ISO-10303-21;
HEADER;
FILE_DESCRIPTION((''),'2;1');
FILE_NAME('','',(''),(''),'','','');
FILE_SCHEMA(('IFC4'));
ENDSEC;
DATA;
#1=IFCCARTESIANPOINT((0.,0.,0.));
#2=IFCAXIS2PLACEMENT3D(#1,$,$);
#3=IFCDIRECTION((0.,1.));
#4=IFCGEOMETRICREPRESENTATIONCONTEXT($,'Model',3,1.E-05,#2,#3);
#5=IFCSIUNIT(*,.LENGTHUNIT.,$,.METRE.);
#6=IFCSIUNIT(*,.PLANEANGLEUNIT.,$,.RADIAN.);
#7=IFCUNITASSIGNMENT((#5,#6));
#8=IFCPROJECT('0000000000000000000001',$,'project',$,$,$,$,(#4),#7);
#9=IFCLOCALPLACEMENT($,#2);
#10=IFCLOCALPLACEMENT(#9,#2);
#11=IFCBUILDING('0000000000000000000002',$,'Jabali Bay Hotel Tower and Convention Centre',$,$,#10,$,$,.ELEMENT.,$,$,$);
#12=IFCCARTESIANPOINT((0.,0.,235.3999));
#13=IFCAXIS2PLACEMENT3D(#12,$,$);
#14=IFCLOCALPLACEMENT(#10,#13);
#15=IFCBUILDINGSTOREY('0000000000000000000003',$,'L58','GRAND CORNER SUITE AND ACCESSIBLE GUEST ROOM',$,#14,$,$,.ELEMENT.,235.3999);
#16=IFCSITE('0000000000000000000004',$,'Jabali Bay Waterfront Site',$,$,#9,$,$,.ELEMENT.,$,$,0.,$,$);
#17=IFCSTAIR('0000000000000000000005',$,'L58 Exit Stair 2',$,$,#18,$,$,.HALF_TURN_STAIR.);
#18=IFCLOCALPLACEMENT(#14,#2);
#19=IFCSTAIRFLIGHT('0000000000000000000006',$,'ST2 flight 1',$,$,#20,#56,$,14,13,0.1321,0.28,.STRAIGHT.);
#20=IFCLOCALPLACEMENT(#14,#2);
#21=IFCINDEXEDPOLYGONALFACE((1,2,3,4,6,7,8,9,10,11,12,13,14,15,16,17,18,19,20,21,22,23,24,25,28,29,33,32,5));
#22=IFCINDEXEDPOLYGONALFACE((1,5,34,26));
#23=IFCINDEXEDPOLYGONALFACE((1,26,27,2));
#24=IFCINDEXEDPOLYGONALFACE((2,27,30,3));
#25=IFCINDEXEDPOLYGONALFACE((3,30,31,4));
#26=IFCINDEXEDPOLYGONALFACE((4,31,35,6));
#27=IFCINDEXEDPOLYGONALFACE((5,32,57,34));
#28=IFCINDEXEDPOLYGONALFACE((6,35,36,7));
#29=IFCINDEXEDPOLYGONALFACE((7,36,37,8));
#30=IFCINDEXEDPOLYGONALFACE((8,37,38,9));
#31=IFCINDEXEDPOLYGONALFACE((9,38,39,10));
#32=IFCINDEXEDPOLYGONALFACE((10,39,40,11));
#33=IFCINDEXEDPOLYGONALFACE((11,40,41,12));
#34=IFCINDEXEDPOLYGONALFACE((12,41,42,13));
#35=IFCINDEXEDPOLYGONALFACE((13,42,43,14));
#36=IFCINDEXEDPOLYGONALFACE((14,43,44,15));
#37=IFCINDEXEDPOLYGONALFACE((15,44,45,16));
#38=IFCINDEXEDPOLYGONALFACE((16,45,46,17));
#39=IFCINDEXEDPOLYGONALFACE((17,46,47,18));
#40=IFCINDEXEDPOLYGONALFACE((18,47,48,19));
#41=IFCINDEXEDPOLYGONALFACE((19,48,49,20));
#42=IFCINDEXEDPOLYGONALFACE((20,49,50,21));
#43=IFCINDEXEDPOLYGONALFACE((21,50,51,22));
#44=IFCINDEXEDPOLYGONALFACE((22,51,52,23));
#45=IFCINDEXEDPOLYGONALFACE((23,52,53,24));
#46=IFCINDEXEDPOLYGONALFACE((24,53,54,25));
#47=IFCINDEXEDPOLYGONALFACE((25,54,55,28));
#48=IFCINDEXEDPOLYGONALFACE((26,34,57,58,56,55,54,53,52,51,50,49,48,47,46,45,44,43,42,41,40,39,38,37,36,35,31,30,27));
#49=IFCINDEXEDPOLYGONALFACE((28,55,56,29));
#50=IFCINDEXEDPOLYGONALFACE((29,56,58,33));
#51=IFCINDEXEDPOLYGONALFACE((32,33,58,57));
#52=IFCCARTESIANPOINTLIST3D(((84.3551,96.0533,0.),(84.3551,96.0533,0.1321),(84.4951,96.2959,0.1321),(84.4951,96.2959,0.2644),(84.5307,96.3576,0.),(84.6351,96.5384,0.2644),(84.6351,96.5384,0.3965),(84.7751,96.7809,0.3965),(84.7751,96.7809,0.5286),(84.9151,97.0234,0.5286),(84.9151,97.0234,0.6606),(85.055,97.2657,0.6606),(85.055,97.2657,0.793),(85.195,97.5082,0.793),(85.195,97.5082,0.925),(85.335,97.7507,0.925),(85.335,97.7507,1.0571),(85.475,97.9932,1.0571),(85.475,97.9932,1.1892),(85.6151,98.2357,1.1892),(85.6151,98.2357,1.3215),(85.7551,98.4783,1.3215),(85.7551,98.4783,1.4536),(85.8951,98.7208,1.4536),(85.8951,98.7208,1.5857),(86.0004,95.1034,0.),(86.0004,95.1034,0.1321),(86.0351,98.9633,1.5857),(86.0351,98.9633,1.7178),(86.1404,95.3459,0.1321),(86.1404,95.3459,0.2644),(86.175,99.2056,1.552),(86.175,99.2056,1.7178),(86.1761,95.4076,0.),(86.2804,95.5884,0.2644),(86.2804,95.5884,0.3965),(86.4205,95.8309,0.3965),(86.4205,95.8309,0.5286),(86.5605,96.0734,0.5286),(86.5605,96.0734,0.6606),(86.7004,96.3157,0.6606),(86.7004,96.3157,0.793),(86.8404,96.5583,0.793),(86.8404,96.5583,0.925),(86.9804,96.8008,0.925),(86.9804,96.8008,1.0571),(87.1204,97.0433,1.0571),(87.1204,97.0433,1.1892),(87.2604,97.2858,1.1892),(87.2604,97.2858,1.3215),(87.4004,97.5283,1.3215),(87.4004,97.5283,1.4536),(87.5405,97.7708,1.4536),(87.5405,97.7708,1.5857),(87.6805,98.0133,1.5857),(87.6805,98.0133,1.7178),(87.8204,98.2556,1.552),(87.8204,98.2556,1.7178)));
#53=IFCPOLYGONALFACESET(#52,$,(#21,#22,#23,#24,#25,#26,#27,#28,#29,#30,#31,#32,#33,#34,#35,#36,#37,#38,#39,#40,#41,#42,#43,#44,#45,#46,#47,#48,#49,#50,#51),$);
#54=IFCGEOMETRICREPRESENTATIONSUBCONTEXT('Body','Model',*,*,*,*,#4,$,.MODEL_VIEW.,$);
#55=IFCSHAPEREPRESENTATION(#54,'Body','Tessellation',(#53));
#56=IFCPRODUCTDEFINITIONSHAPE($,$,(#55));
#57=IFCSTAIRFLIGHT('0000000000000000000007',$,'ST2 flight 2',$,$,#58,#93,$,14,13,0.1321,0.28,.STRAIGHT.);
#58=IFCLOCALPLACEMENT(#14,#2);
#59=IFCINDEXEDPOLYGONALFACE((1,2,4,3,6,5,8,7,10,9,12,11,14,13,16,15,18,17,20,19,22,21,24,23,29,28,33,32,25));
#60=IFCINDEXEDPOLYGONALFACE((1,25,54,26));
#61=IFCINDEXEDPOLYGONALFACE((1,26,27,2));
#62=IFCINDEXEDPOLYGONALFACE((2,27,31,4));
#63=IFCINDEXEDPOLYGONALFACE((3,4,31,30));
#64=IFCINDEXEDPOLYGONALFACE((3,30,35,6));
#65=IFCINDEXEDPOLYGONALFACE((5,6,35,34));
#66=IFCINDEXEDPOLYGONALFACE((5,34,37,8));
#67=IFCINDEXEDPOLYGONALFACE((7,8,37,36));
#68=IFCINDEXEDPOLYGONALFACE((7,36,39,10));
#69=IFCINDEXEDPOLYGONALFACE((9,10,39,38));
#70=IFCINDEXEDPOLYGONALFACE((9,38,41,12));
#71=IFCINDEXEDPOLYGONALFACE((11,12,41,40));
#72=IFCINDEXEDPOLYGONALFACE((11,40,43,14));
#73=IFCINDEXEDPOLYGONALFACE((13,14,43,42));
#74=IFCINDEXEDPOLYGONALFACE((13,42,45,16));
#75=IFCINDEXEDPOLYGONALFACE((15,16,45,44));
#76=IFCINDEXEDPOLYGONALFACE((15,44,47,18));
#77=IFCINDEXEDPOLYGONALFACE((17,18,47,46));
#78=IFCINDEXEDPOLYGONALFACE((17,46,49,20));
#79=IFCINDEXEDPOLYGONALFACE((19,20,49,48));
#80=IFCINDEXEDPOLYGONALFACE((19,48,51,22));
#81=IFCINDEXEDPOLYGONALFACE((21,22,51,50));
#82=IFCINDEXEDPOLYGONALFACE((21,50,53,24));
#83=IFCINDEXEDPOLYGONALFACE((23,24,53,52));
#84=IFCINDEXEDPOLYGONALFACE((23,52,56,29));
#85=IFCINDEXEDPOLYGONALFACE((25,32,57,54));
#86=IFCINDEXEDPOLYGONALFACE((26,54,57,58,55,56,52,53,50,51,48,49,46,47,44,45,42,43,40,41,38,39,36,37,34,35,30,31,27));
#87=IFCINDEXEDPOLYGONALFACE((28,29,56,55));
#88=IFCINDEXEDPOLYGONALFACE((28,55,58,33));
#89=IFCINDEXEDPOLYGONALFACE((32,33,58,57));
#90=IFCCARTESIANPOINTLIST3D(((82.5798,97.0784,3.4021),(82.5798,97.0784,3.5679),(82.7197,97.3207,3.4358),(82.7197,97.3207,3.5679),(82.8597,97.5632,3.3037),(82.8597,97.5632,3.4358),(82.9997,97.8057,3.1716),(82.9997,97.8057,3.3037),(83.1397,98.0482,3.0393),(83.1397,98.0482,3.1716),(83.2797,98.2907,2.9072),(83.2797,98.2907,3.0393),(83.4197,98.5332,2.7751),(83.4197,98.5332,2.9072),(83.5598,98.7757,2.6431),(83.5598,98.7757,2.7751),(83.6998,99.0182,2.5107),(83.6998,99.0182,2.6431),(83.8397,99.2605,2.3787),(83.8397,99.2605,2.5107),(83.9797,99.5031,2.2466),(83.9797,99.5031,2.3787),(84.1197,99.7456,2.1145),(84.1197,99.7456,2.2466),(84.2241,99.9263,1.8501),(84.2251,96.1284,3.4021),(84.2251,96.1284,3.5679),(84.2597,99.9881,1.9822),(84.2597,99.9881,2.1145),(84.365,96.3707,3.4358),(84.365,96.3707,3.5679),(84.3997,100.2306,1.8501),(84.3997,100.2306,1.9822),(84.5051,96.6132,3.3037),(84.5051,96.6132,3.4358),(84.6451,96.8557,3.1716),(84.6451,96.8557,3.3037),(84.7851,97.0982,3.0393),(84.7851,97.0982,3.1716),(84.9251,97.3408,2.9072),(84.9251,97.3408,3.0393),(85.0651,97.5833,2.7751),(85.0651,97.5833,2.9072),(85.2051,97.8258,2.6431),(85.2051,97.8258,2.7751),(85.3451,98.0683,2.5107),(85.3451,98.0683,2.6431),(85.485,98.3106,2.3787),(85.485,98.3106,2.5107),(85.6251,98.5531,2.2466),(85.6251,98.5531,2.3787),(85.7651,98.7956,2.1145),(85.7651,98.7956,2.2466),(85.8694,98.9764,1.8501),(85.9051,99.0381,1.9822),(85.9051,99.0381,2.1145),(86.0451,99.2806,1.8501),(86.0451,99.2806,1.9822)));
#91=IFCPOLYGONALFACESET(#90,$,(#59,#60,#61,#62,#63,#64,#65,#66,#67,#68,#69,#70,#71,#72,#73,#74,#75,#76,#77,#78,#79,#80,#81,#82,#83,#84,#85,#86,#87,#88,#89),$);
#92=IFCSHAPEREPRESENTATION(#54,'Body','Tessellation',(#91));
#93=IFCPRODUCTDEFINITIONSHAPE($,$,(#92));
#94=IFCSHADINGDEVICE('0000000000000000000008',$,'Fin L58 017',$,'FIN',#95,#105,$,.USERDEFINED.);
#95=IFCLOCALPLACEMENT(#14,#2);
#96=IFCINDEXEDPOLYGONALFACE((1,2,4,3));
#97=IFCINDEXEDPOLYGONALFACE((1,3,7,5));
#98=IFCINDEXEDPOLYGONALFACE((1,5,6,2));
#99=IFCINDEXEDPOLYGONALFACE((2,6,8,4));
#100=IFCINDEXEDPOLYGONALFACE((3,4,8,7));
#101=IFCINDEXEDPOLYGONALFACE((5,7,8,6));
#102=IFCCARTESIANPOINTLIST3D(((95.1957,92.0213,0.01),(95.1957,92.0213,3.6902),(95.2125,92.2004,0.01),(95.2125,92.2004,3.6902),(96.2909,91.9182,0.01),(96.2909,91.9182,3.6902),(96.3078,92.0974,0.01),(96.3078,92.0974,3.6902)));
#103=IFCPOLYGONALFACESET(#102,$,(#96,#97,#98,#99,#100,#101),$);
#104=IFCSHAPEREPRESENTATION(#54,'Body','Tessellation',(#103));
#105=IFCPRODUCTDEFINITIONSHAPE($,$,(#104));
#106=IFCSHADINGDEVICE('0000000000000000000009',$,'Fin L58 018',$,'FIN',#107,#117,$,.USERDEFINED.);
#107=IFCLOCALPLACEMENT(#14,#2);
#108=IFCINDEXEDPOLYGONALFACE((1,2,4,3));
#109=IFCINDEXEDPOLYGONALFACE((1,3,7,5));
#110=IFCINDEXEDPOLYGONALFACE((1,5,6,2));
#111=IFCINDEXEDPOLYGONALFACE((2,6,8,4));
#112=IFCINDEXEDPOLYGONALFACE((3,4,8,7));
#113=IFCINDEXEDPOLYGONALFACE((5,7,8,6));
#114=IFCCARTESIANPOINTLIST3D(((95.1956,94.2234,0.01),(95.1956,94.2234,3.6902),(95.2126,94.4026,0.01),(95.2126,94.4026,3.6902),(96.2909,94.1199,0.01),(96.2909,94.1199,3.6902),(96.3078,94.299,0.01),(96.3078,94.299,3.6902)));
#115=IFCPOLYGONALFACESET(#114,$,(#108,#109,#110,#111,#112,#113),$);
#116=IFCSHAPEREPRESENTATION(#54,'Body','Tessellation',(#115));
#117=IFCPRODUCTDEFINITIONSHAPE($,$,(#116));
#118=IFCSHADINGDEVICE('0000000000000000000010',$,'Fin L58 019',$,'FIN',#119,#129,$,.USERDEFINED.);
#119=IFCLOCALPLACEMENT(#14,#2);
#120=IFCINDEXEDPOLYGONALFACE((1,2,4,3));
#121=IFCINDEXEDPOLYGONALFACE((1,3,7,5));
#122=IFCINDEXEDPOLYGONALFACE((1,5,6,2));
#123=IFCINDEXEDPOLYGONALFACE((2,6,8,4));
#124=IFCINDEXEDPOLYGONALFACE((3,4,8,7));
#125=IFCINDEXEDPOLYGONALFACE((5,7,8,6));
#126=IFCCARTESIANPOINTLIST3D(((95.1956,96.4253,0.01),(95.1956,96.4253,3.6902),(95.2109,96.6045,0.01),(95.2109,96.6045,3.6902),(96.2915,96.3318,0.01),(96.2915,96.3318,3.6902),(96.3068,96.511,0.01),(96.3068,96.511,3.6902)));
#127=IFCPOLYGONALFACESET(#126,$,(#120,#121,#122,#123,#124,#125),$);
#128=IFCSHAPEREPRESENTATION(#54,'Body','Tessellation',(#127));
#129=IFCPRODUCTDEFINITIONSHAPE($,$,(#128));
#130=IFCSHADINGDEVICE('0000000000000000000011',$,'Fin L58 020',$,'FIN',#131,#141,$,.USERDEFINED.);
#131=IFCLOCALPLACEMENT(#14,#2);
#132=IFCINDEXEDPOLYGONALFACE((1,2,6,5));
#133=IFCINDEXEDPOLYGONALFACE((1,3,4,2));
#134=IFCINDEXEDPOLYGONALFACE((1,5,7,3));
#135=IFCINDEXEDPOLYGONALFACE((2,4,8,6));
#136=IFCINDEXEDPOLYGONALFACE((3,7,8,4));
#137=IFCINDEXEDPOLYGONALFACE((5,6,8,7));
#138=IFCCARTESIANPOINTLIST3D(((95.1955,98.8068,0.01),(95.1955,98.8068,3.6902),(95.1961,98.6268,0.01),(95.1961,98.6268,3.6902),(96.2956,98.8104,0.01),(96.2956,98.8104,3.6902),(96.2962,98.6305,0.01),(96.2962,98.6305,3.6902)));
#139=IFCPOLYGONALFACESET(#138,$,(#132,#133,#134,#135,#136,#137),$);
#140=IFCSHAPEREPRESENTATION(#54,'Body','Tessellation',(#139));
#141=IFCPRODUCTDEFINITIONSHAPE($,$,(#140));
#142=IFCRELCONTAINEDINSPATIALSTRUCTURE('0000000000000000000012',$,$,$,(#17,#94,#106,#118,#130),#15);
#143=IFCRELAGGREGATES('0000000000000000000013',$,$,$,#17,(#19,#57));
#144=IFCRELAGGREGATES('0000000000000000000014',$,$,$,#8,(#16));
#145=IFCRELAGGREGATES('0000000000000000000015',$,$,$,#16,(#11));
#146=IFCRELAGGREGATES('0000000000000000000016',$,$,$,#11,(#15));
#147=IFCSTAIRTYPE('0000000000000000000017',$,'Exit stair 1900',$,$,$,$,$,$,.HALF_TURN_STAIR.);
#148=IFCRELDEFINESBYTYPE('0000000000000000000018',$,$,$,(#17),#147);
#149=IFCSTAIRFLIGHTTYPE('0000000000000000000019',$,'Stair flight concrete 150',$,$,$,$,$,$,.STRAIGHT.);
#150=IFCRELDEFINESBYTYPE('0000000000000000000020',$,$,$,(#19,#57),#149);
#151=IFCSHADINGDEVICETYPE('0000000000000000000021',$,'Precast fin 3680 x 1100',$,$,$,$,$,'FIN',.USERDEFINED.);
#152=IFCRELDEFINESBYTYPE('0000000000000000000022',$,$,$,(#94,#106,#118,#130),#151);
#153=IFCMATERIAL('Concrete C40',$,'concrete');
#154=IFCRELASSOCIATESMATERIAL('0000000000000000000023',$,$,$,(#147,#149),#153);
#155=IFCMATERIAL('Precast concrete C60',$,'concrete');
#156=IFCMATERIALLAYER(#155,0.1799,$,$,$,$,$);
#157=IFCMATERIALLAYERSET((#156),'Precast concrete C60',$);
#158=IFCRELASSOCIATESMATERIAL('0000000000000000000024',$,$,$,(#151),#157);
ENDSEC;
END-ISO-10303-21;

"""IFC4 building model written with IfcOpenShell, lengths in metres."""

from ifc_helpers import new_model, si_unit, direction, frame, frame_2d, origin, place, context, subcontext, project, spatial, polyline, rectangle, outline, extrude, material, layer, layer_set, type_object, element, aggregate, save


model = new_model("IFC4")

# Units and contexts
model_context = context("Model", 3, precision=1e-05, world=origin(), true_north=direction((0.0, 1.0)))
body_context = subcontext(model_context, "Body", "Model", "MODEL_VIEW")
ifc_project = project(units=[si_unit("LENGTHUNIT", "METRE"), si_unit("PLANEANGLEUNIT", "RADIAN")], contexts=[model_context])

# Site, building, storey
site_placement = place(None, origin())
site = spatial("IfcSite", under=ifc_project, at=site_placement, Name="Jabali Bay Waterfront Site", CompositionType="ELEMENT", RefElevation=0.0)
building_placement = place(site_placement, origin())
building = spatial("IfcBuilding", under=site, at=building_placement, Name="Jabali Bay Hotel Tower and Convention Centre", CompositionType="ELEMENT")
storey_placement = place(building_placement, frame((0.0, 0.0, 235.3999)))
storey = spatial("IfcBuildingStorey", under=building, at=storey_placement, Name="L58", Description="GRAND CORNER SUITE AND ACCESSIBLE GUEST ROOM", CompositionType="ELEMENT", Elevation=235.3999)

# Shared definitions
ifc_material_1 = material(Name="Concrete C40", Category="concrete")

# Stair, stair flights
stair_type = type_object("IfcStairType", Name="Exit stair 1900", PredefinedType="HALF_TURN_STAIR", material=ifc_material_1)
stair_placement = place(storey_placement, origin())
stair = element("IfcStair", 1, at=stair_placement, inside=storey, type_object=stair_type, Name="L58 Exit Stair 2", PredefinedType="HALF_TURN_STAIR")
stair_flight_type = type_object("IfcStairFlightType", Name="Stair flight concrete 150", PredefinedType="STRAIGHT", material=ifc_material_1)
stair_flight_1_placement = place(storey_placement, frame((85.1777, 95.5784, 0.0), z_axis=(0.0, 0.0, 1.0), x_axis=(0.5, 0.866025, 0.0)))
stair_flight_1 = element("IfcStairFlight", 2, at=stair_flight_1_placement, type_object=stair_flight_type, Name="ST2 flight 1", NumberOfRisers=14, NumberOfTreads=13, PredefinedType="STRAIGHT", RiserHeight=0.1321, TreadLength=0.28, context=body_context, shape_type="SweptSolid", body=[
    extrude(outline(polyline([(0.0, 0.0), (0.0, 0.1321), (0.28, 0.1321), (0.28, 0.2644), (0.5601, 0.2644), (0.5601, 0.3965), (0.8401, 0.3965), (0.8401, 0.5286), (1.1201, 0.5286), (1.1201, 0.6606), (1.3999, 0.6606), (1.3999, 0.793), (1.6799, 0.793), (1.6799, 0.925), (1.96, 0.925), (1.96, 1.0571), (2.24, 1.0571), (2.24, 1.1892), (2.52, 1.1892), (2.52, 1.3215), (2.8, 1.3215), (2.8, 1.4536), (3.0801, 1.4536), (3.0801, 1.5857), (3.3601, 1.5857), (3.3601, 1.7178), (3.6399, 1.7178), (3.6399, 1.8501), (3.6399, 1.552), (0.3513, 0.0), (0.0, 0.0)])), frame((0.0, 0.95, 0.0), z_axis=(0.0, -1.0, 0.0), x_axis=(1.0, 0.0, 0.0)), (0.0, 0.0, 1.0), 1.8999),
])
stair_flight_2_placement = place(storey_placement, frame((85.2224, 99.7556, 1.8501), z_axis=(0.0, 0.0, 1.0), x_axis=(-0.5, -0.866025, 0.0)))
stair_flight_2 = element("IfcStairFlight", 3, at=stair_flight_2_placement, type_object=stair_flight_type, Name="ST2 flight 2", NumberOfRisers=14, NumberOfTreads=13, PredefinedType="STRAIGHT", RiserHeight=0.1321, TreadLength=0.28, context=body_context, shape_type="SweptSolid", body=[
    extrude(outline(polyline([(0.0, 0.0), (0.0, 0.1321), (0.28, 0.1321), (0.28, 0.2644), (0.5601, 0.2644), (0.5601, 0.3965), (0.8401, 0.3965), (0.8401, 0.5286), (1.1201, 0.5286), (1.1201, 0.6606), (1.3999, 0.6606), (1.3999, 0.793), (1.6799, 0.793), (1.6799, 0.925), (1.96, 0.925), (1.96, 1.0571), (2.24, 1.0571), (2.24, 1.1892), (2.52, 1.1892), (2.52, 1.3215), (2.8, 1.3215), (2.8, 1.4536), (3.0801, 1.4536), (3.0801, 1.5857), (3.3601, 1.5857), (3.3601, 1.7178), (3.6399, 1.7178), (3.6399, 1.8501), (3.6399, 1.552), (0.3513, 0.0), (0.0, 0.0)])), frame((0.0, 0.95, 0.0), z_axis=(0.0, -1.0, 0.0), x_axis=(1.0, 0.0, 0.0)), (0.0, 0.0, 1.0), 1.8999),
])
aggregate(stair, [stair_flight_1, stair_flight_2])

# Shading devices
ifc_material_2 = material(Name="Precast concrete C60", Category="concrete")
ifc_layer_1 = layer(ifc_material_2, 0.1799)
ifc_layer_set_1 = layer_set([ifc_layer_1], Name="Precast concrete C60")
shading_device_type = type_object("IfcShadingDeviceType", Name="Precast fin 3680 x 1100", ElementType="FIN", PredefinedType="USERDEFINED", material=ifc_layer_set_1)
for number, where, z_axis, x_axis, name in (
    (4, (95.2041, 92.1108, 0.01), (0.0, 0.0, 1.0), (0.995605, -0.093657, 0.0), "Fin L58 017"),
    (5, (95.2041, 94.313, 0.01), (0.0, 0.0, 1.0), (0.995563, -0.094097, 0.0), "Fin L58 018"),
):
    element("IfcShadingDevice", number, at=place(storey_placement, frame(where, z_axis=z_axis, x_axis=x_axis)), inside=storey, type_object=shading_device_type, Name=name, ObjectType="FIN", PredefinedType="USERDEFINED", context=body_context, shape_type="SweptSolid", body=[
        extrude(rectangle(XDim=1.1001, YDim=0.1799, at=frame_2d((0.55, 0.0))), origin(), (0.0, 0.0, 1.0), 3.6802),
    ])
shading_device_1_placement = place(storey_placement, frame((95.2034, 96.5149, 0.01), z_axis=(0.0, 0.0, 1.0), x_axis=(0.99638, -0.085011, 0.0)))
element("IfcShadingDevice", 6, at=shading_device_1_placement, inside=storey, type_object=shading_device_type, Name="Fin L58 019", ObjectType="FIN", PredefinedType="USERDEFINED", context=body_context, shape_type="SweptSolid", body=[
    extrude(rectangle(XDim=1.0999, YDim=0.1799, at=frame_2d((0.5498, 0.0))), origin(), (0.0, 0.0, 1.0), 3.6802),
])
shading_device_2_placement = place(storey_placement, frame((95.1958, 98.7168, 0.01), z_axis=(0.0, 0.0, 1.0), x_axis=(0.999994, 0.003329, 0.0)))
element("IfcShadingDevice", 7, at=shading_device_2_placement, inside=storey, type_object=shading_device_type, Name="Fin L58 020", ObjectType="FIN", PredefinedType="USERDEFINED", context=body_context, shape_type="SweptSolid", body=[
    extrude(rectangle(XDim=1.1001, YDim=0.1799, at=frame_2d((0.55, 0.0))), origin(), (0.0, 0.0, 1.0), 3.6802),
])

save(model, "model.ifc")
